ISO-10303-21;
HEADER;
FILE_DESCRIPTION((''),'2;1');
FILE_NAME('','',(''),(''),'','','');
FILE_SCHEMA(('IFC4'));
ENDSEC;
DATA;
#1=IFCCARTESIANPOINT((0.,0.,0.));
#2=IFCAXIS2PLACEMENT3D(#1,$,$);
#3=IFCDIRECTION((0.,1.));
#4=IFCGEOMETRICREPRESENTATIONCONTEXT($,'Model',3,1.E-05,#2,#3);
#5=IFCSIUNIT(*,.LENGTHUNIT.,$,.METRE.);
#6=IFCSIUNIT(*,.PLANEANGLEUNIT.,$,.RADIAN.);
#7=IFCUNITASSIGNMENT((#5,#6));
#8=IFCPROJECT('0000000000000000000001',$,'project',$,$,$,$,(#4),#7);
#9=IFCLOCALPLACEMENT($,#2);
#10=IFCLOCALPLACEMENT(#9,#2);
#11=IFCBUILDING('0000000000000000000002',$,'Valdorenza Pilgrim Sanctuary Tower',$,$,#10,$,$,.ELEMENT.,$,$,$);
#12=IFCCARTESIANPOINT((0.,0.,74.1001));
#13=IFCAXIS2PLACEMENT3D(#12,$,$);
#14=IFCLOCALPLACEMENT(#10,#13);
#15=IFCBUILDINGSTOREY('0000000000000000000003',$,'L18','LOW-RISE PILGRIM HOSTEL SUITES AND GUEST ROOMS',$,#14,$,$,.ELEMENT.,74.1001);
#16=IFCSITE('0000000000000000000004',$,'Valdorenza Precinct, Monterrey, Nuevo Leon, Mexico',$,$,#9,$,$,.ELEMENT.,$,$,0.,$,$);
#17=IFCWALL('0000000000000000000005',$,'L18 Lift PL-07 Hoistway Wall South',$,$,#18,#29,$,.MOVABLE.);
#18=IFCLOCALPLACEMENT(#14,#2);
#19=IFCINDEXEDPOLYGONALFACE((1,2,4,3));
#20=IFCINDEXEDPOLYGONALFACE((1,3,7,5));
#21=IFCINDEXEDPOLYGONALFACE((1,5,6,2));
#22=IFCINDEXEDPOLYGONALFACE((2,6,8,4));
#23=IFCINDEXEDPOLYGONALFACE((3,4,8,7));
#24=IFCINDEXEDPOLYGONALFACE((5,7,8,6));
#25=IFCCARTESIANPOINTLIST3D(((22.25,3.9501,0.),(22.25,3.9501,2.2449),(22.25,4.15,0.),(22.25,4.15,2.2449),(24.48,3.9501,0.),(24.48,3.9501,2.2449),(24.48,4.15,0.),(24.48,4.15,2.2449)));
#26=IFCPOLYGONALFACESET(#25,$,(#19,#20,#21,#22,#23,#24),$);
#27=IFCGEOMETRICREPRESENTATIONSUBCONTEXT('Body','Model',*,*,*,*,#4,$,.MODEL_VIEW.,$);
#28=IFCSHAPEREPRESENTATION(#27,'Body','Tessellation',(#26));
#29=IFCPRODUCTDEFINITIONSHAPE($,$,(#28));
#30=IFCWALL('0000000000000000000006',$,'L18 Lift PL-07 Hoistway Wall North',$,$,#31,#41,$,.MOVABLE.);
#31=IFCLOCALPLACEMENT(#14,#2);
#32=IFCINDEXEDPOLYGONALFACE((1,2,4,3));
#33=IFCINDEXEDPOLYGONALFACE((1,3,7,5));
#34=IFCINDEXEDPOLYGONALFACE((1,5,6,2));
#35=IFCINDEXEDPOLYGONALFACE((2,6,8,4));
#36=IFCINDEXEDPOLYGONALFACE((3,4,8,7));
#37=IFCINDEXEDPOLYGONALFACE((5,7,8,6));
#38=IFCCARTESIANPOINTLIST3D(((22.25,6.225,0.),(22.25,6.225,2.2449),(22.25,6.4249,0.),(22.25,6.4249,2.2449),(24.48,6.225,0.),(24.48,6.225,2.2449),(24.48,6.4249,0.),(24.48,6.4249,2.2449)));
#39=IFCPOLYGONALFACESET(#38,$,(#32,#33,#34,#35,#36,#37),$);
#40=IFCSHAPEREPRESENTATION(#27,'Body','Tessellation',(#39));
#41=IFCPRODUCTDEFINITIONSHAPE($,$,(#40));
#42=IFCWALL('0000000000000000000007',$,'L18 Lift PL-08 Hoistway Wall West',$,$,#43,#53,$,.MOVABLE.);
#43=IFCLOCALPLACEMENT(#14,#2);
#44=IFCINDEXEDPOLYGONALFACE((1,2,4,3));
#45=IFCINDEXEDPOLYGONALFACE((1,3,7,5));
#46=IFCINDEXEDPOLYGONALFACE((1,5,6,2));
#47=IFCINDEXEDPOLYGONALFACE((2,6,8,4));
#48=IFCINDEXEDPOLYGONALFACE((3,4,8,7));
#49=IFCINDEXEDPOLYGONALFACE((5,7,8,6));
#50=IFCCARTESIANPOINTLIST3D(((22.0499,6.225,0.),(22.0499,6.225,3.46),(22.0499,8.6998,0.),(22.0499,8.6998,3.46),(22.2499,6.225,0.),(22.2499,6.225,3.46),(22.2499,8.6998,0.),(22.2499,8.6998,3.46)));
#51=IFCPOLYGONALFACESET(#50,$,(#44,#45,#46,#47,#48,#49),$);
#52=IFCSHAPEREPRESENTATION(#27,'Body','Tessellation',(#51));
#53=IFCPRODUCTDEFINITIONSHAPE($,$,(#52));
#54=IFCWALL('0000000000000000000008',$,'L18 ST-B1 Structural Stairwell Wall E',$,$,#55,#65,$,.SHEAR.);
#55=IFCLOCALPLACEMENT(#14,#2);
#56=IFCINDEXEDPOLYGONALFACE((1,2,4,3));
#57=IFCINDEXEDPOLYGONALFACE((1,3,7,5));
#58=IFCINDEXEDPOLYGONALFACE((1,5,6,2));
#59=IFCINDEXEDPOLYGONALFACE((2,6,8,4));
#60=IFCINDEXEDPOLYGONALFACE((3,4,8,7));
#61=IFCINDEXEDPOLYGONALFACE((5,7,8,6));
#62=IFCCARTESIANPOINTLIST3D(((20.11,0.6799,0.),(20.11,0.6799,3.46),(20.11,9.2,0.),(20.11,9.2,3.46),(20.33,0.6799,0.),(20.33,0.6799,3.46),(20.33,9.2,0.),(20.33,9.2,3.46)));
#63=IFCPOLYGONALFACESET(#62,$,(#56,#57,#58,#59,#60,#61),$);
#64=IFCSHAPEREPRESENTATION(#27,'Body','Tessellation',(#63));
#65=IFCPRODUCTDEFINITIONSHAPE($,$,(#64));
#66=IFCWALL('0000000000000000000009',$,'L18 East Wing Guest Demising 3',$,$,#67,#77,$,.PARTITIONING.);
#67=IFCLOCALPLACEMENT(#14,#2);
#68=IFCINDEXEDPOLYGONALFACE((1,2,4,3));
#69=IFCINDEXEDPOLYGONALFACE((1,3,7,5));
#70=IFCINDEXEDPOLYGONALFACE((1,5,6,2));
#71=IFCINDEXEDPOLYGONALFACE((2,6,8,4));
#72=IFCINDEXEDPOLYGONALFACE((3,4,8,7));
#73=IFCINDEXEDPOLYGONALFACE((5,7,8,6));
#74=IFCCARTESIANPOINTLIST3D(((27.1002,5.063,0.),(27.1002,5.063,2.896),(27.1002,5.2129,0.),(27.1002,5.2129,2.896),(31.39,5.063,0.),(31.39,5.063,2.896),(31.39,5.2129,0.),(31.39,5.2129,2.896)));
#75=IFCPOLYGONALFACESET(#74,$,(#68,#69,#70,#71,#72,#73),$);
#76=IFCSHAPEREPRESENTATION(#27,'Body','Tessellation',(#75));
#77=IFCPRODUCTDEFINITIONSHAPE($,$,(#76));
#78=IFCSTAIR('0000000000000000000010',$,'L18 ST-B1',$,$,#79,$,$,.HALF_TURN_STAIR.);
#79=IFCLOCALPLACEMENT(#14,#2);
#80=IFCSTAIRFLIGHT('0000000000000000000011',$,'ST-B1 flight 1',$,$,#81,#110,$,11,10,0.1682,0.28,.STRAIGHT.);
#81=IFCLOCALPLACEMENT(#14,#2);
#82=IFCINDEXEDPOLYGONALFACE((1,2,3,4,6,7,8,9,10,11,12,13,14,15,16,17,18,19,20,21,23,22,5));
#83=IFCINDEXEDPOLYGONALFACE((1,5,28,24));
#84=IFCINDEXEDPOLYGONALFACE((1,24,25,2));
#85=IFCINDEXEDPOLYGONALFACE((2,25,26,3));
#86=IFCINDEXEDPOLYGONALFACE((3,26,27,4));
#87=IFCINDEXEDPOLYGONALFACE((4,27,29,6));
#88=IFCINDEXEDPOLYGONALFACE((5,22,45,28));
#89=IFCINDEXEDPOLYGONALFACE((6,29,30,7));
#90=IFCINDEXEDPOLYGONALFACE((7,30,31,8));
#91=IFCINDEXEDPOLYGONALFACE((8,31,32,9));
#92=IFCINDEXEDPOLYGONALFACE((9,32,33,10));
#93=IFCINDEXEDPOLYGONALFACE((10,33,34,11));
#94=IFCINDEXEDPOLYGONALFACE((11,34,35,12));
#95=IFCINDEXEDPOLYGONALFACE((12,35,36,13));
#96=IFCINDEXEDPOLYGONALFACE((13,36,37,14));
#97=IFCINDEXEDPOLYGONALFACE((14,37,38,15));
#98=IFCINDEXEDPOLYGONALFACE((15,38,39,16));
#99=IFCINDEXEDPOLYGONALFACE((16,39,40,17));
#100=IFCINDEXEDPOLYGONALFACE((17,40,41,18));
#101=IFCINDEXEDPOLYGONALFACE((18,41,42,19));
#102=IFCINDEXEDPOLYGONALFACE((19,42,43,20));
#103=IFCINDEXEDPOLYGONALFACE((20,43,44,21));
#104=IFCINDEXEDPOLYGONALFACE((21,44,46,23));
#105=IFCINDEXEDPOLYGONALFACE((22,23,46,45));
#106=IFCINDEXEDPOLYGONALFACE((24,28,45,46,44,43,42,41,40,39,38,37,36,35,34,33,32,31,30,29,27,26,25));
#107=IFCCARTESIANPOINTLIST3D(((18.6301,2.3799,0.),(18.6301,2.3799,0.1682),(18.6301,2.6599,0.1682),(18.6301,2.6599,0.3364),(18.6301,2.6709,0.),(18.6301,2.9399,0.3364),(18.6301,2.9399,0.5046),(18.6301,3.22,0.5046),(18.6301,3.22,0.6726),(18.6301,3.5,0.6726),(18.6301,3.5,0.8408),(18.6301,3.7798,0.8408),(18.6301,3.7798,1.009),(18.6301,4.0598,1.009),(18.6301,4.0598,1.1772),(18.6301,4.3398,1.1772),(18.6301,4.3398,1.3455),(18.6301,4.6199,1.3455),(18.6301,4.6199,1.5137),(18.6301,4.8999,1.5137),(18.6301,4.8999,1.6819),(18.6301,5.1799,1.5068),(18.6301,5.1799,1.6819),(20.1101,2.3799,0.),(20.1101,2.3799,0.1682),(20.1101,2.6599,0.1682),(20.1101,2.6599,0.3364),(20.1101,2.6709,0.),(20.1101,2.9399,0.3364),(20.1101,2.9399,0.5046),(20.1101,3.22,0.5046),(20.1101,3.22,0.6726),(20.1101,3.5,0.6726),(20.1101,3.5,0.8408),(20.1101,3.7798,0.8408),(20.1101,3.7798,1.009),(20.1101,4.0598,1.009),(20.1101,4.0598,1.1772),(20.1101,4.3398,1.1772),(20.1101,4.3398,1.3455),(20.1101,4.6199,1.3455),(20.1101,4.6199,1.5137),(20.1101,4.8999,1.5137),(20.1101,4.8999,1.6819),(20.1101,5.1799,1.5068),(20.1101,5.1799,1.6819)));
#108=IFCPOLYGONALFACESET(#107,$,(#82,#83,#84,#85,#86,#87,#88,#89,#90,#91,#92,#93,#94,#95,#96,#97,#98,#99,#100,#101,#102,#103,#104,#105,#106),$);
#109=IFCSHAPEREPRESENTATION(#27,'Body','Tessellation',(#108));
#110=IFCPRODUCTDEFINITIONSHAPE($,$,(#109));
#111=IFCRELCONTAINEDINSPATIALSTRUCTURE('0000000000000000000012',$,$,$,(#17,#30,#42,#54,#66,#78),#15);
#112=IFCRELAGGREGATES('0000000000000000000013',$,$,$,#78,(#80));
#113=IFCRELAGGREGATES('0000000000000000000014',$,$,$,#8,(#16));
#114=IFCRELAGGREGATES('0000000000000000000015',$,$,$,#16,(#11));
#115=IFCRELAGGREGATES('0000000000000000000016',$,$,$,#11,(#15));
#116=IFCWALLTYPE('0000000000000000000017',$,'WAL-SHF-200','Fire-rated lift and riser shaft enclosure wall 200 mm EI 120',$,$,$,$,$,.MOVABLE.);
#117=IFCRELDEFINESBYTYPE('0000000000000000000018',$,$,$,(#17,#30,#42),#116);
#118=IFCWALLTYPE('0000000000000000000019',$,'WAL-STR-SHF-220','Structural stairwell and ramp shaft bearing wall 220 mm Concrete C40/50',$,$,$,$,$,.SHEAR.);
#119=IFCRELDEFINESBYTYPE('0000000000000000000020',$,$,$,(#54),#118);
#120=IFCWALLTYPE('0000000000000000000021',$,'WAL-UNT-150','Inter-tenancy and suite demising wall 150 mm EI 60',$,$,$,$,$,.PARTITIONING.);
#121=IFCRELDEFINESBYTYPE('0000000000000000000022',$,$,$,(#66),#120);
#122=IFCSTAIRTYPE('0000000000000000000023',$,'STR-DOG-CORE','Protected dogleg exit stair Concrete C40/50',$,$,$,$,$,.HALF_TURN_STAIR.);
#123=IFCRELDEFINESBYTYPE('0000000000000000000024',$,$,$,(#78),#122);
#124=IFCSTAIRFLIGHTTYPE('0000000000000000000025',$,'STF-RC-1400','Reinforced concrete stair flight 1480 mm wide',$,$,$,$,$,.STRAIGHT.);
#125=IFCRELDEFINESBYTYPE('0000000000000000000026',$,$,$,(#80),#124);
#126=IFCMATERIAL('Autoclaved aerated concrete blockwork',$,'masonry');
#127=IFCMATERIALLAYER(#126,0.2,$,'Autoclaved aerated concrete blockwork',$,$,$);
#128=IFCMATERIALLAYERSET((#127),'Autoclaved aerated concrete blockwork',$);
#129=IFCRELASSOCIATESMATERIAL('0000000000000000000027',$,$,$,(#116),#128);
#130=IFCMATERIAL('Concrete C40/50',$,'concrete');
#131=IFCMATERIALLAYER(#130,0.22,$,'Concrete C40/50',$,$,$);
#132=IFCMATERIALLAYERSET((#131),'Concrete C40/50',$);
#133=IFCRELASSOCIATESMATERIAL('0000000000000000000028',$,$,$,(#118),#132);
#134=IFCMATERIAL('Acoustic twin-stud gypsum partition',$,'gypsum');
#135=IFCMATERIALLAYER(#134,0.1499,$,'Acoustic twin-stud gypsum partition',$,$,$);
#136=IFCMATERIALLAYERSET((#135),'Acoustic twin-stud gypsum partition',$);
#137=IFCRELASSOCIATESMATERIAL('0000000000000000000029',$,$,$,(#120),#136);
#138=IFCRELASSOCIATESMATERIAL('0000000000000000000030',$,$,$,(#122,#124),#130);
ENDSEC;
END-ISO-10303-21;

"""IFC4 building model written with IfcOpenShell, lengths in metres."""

from ifc_helpers import new_model, si_unit, direction, frame, frame_2d, origin, place, context, subcontext, project, spatial, polyline, rectangle, outline, extrude, material, layer, layer_set, type_object, element, aggregate, save


model = new_model("IFC4")

# Units and contexts
model_context = context("Model", 3, precision=1e-05, world=origin(), true_north=direction((0.0, 1.0)))
body_context = subcontext(model_context, "Body", "Model", "MODEL_VIEW")
ifc_project = project(units=[si_unit("LENGTHUNIT", "METRE"), si_unit("PLANEANGLEUNIT", "RADIAN")], contexts=[model_context])

# Site, building, storey
site_placement = place(None, origin())
site = spatial("IfcSite", under=ifc_project, at=site_placement, Name="Valdorenza Precinct, Monterrey, Nuevo Leon, Mexico", CompositionType="ELEMENT", RefElevation=0.0)
building_placement = place(site_placement, origin())
building = spatial("IfcBuilding", under=site, at=building_placement, Name="Valdorenza Pilgrim Sanctuary Tower", CompositionType="ELEMENT")
storey_placement = place(building_placement, frame((0.0, 0.0, 74.1001)))
storey = spatial("IfcBuildingStorey", under=building, at=storey_placement, Name="L18", Description="LOW-RISE PILGRIM HOSTEL SUITES AND GUEST ROOMS", CompositionType="ELEMENT", Elevation=74.1001)

# Shared definitions
ifc_material_1 = material(Name="Acoustic twin-stud gypsum partition", Category="gypsum")

# Walls
ifc_material_2 = material(Name="Autoclaved aerated concrete blockwork", Category="masonry")
ifc_layer_1 = layer(ifc_material_2, 0.2, Name="Autoclaved aerated concrete blockwork")
ifc_layer_set_1 = layer_set([ifc_layer_1], Name="Autoclaved aerated concrete blockwork")
wall_type_1 = type_object("IfcWallType", Name="WAL-SHF-200", Description="Fire-rated lift and riser shaft enclosure wall 200 mm EI 120", PredefinedType="MOVABLE", material=ifc_layer_set_1)
for number, where, z_axis, x_axis, name in (
    (1, (22.25, 4.05, 0.0), (0.0, 0.0, 1.0), (1.0, 0.0, 0.0), "L18 Lift PL-07 Hoistway Wall South"),
    (2, (22.25, 6.325, 0.0), (0.0, 0.0, 1.0), (1.0, 0.0, 0.0), "L18 Lift PL-07 Hoistway Wall North"),
):
    element("IfcWall", number, at=place(storey_placement, frame(where, z_axis=z_axis, x_axis=x_axis)), inside=storey, type_object=wall_type_1, Name=name, PredefinedType="MOVABLE", context=body_context, shape_type="SweptSolid", body=[
        extrude(rectangle(XDim=2.23, YDim=0.2, at=frame_2d((1.115, 0.0))), origin(), (0.0, 0.0, 1.0), 2.2449),
    ])
wall_1_placement = place(storey_placement, frame((22.1499, 6.2251, 0.0), z_axis=(0.0, 0.0, 1.0), x_axis=(0.0, 1.0, 0.0)))
element("IfcWall", 3, at=wall_1_placement, inside=storey, type_object=wall_type_1, Name="L18 Lift PL-08 Hoistway Wall West", PredefinedType="MOVABLE", context=body_context, shape_type="SweptSolid", body=[
    extrude(rectangle(XDim=2.4749, YDim=0.2, at=frame_2d((1.2373, 0.0))), origin(), (0.0, 0.0, 1.0), 3.46),
])
ifc_material_3 = material(Name="Concrete C40/50", Category="concrete")
ifc_layer_2 = layer(ifc_material_3, 0.22, Name="Concrete C40/50")
ifc_layer_set_2 = layer_set([ifc_layer_2], Name="Concrete C40/50")
wall_type_2 = type_object("IfcWallType", Name="WAL-STR-SHF-220", Description="Structural stairwell and ramp shaft bearing wall 220 mm Concrete C40/50", PredefinedType="SHEAR", material=ifc_layer_set_2)
wall_2_placement = place(storey_placement, frame((20.22, 0.6799, 0.0), z_axis=(0.0, 0.0, 1.0), x_axis=(0.0, 1.0, 0.0)))
element("IfcWall", 4, at=wall_2_placement, inside=storey, type_object=wall_type_2, Name="L18 ST-B1 Structural Stairwell Wall E", PredefinedType="SHEAR", context=body_context, shape_type="SweptSolid", body=[
    extrude(rectangle(XDim=8.52, YDim=0.22, at=frame_2d((4.26, 0.0))), origin(), (0.0, 0.0, 1.0), 3.46),
])
ifc_layer_3 = layer(ifc_material_1, 0.1499, Name="Acoustic twin-stud gypsum partition")
ifc_layer_set_3 = layer_set([ifc_layer_3], Name="Acoustic twin-stud gypsum partition")
wall_type_3 = type_object("IfcWallType", Name="WAL-UNT-150", Description="Inter-tenancy and suite demising wall 150 mm EI 60", PredefinedType="PARTITIONING", material=ifc_layer_set_3)
wall_3_placement = place(storey_placement, frame((27.1001, 5.1379, 0.0), z_axis=(0.0, 0.0, 1.0), x_axis=(1.0, 0.0, 0.0)))
element("IfcWall", 5, at=wall_3_placement, inside=storey, type_object=wall_type_3, Name="L18 East Wing Guest Demising 3", PredefinedType="PARTITIONING", context=body_context, shape_type="SweptSolid", body=[
    extrude(rectangle(XDim=4.2898, YDim=0.1499, at=frame_2d((2.145, 0.0))), origin(), (0.0, 0.0, 1.0), 2.896),
])

# Stair, stair flight
stair_type = type_object("IfcStairType", Name="STR-DOG-CORE", Description="Protected dogleg exit stair Concrete C40/50", PredefinedType="HALF_TURN_STAIR", material=ifc_material_3)
stair_placement = place(storey_placement, origin())
stair = element("IfcStair", 6, at=stair_placement, inside=storey, type_object=stair_type, Name="L18 ST-B1", PredefinedType="HALF_TURN_STAIR")
stair_flight_type = type_object("IfcStairFlightType", Name="STF-RC-1400", Description="Reinforced concrete stair flight 1480 mm wide", PredefinedType="STRAIGHT", material=ifc_material_3)
stair_flight_placement = place(storey_placement, frame((19.3701, 2.3799, 0.0), z_axis=(0.0, 0.0, 1.0), x_axis=(0.0, 1.0, 0.0)))
stair_flight = element("IfcStairFlight", 7, at=stair_flight_placement, type_object=stair_flight_type, Name="ST-B1 flight 1", NumberOfRisers=11, NumberOfTreads=10, PredefinedType="STRAIGHT", RiserHeight=0.1682, TreadLength=0.28, context=body_context, shape_type="SweptSolid", body=[
    extrude(outline(polyline([(0.0, 0.0), (0.0, 0.1682), (0.28, 0.1682), (0.28, 0.3364), (0.5601, 0.3364), (0.5601, 0.5046), (0.8401, 0.5046), (0.8401, 0.6726), (1.1201, 0.6726), (1.1201, 0.8408), (1.3999, 0.8408), (1.3999, 1.009), (1.6799, 1.009), (1.6799, 1.1772), (1.96, 1.1772), (1.96, 1.3455), (2.24, 1.3455), (2.24, 1.5137), (2.52, 1.5137), (2.52, 1.6819), (2.8, 1.6819), (2.8, 1.8501), (2.8, 1.5068), (0.291, 0.0), (0.0, 0.0)])), frame((0.0, 0.74, 0.0), z_axis=(0.0, -1.0, 0.0), x_axis=(1.0, 0.0, 0.0)), (0.0, 0.0, 1.0), 1.48),
])
aggregate(stair, [stair_flight])

save(model, "model.ifc")
